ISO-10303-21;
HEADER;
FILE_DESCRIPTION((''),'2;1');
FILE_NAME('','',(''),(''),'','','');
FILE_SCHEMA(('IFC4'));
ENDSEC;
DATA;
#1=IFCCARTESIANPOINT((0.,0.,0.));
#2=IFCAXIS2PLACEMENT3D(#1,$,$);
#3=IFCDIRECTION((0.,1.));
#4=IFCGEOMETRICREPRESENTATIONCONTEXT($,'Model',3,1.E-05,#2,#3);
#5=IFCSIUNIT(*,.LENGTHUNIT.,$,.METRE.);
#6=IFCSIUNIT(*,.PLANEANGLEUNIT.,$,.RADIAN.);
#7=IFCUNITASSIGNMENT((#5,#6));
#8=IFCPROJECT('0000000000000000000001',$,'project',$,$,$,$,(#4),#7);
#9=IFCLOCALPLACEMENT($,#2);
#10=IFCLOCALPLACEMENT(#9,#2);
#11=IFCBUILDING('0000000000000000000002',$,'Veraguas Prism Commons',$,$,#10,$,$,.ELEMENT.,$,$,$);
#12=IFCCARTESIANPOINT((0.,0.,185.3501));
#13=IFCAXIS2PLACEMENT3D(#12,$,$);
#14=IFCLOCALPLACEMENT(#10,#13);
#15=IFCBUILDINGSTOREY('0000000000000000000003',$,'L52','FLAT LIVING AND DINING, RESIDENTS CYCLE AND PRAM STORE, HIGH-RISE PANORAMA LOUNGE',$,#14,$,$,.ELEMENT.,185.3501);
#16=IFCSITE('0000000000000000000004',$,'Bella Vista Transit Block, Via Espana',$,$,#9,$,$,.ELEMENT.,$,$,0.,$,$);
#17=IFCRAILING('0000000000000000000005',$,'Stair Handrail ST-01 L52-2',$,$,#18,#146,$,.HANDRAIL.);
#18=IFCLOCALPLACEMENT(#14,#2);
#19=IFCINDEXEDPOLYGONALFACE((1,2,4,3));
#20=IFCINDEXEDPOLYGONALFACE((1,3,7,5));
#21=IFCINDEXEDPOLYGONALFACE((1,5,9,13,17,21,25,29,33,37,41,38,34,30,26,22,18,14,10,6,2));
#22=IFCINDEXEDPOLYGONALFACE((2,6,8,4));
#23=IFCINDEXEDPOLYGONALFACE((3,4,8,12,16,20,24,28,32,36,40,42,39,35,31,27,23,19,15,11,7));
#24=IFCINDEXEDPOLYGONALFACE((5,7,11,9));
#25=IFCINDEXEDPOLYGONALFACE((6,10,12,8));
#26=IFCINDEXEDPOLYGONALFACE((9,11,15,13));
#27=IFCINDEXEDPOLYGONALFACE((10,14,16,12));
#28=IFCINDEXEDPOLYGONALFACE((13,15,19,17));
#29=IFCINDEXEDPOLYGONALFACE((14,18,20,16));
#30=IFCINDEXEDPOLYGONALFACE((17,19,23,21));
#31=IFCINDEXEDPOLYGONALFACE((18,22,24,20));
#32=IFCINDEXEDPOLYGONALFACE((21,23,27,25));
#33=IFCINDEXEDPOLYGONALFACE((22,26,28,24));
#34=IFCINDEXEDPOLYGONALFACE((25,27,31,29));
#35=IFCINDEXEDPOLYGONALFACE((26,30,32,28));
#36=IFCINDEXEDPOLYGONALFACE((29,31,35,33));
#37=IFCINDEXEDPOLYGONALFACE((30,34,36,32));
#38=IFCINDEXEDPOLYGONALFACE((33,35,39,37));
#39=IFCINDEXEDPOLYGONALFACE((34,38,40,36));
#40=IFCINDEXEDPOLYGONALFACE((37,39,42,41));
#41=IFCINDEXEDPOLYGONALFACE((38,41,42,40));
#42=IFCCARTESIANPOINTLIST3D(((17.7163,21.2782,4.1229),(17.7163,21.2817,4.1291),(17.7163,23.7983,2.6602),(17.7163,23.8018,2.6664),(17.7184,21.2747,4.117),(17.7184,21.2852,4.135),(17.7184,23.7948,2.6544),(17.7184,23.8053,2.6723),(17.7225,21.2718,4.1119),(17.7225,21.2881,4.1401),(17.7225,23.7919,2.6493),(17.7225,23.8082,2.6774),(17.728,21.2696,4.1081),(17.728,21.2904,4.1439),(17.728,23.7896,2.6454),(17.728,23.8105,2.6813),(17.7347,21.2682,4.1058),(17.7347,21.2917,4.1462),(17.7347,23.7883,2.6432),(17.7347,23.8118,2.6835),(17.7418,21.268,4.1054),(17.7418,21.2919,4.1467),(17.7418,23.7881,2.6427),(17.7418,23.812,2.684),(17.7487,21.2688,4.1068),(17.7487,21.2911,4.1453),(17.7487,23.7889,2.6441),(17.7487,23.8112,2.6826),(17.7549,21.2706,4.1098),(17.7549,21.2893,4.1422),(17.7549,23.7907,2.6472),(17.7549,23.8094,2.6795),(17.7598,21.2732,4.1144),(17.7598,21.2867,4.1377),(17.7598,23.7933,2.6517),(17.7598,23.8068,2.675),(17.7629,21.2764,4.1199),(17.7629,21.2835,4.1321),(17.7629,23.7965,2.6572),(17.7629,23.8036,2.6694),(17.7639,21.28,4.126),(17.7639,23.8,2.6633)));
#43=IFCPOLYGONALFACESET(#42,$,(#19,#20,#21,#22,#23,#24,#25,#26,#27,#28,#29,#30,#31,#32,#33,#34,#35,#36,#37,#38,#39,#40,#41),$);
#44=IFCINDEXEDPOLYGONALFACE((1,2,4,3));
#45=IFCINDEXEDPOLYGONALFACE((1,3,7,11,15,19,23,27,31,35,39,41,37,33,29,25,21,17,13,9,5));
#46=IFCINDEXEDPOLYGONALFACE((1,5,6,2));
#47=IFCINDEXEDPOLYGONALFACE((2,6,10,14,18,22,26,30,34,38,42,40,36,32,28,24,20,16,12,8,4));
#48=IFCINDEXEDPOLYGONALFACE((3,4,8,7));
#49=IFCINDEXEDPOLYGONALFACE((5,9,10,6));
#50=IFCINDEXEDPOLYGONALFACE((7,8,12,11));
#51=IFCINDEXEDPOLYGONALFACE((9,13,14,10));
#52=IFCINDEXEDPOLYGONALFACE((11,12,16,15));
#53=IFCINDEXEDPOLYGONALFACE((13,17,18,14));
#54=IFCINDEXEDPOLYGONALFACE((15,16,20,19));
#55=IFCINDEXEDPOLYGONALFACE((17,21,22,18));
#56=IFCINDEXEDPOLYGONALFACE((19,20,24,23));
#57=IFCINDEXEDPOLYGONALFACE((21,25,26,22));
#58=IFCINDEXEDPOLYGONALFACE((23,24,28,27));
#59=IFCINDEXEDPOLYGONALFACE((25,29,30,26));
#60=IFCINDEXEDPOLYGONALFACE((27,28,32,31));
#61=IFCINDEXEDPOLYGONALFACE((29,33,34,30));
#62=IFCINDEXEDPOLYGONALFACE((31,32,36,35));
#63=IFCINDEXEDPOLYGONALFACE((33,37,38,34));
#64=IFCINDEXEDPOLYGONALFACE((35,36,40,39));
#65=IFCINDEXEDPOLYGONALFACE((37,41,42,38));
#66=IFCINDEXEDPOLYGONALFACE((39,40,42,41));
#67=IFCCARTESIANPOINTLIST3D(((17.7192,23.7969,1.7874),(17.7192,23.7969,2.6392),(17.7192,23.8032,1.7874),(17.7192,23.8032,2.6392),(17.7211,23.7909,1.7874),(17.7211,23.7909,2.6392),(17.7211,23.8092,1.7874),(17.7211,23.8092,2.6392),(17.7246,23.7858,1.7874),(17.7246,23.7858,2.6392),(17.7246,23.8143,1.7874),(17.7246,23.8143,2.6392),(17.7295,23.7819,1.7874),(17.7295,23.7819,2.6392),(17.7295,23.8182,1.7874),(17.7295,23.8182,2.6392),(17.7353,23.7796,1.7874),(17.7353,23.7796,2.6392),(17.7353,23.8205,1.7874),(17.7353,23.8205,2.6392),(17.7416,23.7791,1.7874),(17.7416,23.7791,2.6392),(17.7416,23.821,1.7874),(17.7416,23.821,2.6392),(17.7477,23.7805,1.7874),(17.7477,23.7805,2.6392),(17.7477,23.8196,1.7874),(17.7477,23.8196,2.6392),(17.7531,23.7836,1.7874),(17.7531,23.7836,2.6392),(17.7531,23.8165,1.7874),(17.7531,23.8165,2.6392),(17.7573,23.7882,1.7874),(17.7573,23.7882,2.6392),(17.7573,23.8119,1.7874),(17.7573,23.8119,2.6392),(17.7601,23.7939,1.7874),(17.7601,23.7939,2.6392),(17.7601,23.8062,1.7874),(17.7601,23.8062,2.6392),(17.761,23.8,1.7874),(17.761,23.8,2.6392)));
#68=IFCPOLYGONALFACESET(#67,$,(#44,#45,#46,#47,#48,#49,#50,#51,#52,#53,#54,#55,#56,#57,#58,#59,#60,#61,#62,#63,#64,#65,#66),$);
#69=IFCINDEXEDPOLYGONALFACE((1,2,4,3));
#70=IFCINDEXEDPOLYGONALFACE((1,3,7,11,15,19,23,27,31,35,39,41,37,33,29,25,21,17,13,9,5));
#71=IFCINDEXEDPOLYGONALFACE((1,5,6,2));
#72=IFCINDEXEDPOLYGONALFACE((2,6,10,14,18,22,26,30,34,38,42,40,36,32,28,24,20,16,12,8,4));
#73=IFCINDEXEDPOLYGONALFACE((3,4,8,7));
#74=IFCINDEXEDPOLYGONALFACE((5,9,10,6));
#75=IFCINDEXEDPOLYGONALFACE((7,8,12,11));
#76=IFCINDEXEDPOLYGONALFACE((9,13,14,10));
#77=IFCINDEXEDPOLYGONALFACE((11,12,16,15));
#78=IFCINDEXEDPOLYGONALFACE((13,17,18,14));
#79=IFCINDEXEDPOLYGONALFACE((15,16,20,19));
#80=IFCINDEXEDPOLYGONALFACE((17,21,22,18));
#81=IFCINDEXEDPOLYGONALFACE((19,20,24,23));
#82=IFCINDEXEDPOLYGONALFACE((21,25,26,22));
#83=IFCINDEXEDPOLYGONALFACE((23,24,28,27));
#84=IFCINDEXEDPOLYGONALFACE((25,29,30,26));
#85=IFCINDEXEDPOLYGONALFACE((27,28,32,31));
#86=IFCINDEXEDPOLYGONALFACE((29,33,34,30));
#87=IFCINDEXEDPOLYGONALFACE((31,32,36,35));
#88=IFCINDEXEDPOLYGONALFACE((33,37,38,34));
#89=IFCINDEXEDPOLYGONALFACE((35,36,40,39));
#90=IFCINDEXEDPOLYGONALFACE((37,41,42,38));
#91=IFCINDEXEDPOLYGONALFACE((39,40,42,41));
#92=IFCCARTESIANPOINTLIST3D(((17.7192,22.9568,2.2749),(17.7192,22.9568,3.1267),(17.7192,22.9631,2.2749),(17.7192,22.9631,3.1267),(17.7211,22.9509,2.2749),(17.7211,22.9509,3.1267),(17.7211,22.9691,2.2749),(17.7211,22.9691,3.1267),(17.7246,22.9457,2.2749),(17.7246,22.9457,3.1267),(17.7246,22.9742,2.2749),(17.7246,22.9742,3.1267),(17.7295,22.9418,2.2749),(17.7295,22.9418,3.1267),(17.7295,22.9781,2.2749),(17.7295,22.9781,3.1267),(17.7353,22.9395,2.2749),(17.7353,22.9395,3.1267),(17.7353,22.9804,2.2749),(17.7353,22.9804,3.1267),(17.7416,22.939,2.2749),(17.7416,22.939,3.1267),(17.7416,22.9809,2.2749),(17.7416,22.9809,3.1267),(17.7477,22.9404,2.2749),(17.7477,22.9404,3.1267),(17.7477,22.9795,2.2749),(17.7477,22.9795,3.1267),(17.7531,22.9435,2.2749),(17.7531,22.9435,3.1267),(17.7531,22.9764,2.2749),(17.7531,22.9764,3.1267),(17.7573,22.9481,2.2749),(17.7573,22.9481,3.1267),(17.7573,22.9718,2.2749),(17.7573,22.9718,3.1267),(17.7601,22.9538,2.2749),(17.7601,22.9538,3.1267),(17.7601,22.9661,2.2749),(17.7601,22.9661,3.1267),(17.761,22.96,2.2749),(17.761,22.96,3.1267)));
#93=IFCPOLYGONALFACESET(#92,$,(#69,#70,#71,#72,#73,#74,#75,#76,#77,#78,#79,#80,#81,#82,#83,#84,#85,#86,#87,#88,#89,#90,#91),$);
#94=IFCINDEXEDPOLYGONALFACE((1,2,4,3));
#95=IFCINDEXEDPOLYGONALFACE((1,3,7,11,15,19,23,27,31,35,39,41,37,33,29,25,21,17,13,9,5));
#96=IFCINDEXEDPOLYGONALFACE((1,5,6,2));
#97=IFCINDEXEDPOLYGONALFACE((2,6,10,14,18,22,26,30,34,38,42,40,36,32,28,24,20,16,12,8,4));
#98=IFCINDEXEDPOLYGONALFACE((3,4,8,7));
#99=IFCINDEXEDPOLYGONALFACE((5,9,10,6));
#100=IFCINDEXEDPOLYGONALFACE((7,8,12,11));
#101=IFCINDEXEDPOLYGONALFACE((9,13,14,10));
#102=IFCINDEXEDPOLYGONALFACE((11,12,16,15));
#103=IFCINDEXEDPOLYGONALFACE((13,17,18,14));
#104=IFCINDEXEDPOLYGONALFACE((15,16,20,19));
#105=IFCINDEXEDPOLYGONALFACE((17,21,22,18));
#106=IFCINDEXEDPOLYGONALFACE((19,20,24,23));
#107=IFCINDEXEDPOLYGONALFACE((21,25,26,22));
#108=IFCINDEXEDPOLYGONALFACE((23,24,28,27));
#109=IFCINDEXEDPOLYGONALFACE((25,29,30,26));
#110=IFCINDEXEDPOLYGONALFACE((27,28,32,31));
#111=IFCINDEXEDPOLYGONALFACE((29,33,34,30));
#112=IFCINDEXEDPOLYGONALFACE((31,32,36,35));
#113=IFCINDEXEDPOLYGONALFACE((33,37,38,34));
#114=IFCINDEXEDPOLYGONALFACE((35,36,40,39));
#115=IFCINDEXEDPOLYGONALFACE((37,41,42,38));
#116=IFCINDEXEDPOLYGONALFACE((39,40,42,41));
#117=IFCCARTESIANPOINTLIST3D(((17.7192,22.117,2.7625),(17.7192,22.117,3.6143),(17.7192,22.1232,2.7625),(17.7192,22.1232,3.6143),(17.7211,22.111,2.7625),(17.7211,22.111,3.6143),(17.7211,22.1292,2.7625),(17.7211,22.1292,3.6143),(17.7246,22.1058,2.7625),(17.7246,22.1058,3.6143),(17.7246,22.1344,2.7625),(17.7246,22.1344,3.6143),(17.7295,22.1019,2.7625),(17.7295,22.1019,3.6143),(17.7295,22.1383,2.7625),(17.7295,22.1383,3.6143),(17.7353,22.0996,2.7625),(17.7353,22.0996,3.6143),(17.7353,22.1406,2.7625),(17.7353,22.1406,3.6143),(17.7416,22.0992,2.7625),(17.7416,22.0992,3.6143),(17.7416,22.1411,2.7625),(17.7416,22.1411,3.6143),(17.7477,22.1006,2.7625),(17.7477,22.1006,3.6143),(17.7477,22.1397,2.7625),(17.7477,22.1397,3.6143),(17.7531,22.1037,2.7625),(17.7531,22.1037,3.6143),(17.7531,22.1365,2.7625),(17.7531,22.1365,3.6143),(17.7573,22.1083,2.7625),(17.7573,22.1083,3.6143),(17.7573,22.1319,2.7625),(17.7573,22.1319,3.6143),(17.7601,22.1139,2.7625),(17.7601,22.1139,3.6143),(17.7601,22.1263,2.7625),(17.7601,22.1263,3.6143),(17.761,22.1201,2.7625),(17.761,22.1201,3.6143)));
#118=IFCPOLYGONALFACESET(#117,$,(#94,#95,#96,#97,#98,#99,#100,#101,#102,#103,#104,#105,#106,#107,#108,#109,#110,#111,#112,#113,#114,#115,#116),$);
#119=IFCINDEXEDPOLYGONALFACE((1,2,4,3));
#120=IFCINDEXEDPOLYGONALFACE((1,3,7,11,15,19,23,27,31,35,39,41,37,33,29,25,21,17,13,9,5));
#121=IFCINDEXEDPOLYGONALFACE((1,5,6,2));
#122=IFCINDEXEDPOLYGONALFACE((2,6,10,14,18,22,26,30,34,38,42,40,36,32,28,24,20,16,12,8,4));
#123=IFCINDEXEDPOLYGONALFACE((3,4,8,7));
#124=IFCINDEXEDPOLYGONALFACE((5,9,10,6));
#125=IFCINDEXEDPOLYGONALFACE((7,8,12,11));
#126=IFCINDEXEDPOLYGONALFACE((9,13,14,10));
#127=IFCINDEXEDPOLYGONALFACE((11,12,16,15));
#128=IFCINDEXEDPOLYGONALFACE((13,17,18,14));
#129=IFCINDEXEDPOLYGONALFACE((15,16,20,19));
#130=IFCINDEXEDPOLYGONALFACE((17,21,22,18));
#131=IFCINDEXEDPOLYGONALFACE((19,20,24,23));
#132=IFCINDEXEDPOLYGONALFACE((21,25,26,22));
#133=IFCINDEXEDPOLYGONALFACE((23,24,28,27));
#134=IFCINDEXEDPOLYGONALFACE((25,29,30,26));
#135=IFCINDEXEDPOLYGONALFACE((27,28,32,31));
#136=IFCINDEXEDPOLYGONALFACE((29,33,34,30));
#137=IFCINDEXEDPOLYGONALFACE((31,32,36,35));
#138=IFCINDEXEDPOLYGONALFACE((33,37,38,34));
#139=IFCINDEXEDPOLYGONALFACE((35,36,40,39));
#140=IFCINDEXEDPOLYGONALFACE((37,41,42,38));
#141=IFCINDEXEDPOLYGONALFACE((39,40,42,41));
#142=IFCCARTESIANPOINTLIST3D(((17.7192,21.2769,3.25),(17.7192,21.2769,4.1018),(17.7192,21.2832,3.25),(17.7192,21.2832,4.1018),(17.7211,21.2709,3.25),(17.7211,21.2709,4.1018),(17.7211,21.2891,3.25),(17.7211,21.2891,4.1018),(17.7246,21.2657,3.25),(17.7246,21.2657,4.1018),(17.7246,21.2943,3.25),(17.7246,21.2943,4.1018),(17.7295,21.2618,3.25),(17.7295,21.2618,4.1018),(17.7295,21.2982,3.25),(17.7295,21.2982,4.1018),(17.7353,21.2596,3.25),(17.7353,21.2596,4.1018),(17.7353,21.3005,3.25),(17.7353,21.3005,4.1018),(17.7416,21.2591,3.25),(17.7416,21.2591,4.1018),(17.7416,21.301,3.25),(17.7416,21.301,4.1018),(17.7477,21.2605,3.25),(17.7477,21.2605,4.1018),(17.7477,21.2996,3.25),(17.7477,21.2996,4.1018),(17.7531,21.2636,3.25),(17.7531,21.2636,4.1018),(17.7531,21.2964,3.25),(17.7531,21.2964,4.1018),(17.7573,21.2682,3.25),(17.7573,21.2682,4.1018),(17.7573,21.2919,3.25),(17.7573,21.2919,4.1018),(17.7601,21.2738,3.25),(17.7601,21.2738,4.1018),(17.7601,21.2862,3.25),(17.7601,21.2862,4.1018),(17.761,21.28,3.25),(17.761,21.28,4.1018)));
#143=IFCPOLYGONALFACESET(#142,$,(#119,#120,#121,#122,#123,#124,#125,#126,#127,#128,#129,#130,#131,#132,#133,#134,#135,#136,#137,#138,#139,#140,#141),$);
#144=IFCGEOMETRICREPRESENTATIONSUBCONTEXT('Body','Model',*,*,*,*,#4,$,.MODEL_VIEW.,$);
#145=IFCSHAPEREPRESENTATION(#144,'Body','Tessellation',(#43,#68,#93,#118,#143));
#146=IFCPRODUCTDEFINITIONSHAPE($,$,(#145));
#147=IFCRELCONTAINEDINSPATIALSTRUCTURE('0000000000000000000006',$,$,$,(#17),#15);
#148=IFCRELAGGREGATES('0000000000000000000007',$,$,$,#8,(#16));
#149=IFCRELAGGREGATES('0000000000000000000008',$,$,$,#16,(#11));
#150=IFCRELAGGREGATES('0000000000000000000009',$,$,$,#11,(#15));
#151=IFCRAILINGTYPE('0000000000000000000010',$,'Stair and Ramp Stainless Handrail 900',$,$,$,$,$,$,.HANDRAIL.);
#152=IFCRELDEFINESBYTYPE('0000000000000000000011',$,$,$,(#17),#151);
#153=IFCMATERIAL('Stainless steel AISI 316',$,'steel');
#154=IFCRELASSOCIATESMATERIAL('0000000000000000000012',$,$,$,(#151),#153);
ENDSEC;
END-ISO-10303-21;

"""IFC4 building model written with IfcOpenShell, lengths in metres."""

from ifc_helpers import new_model, si_unit, direction, frame, origin, origin_2d, place, context, subcontext, project, spatial, circle, extrude, material, type_object, element, save


model = new_model("IFC4")

# Units and contexts
model_context = context("Model", 3, precision=1e-05, world=origin(), true_north=direction((0.0, 1.0)))
body_context = subcontext(model_context, "Body", "Model", "MODEL_VIEW")
ifc_project = project(units=[si_unit("LENGTHUNIT", "METRE"), si_unit("PLANEANGLEUNIT", "RADIAN")], contexts=[model_context])

# Site, building, storey
site_placement = place(None, origin())
site = spatial("IfcSite", under=ifc_project, at=site_placement, Name="Bella Vista Transit Block, Via Espana", CompositionType="ELEMENT", RefElevation=0.0)
building_placement = place(site_placement, origin())
building = spatial("IfcBuilding", under=site, at=building_placement, Name="Veraguas Prism Commons", CompositionType="ELEMENT")
storey_placement = place(building_placement, frame((0.0, 0.0, 185.3501)))
storey = spatial("IfcBuildingStorey", under=building, at=storey_placement, Name="L52", Description="FLAT LIVING AND DINING, RESIDENTS CYCLE AND PRAM STORE, HIGH-RISE PANORAMA LOUNGE", CompositionType="ELEMENT", Elevation=185.3501)

# Railing
ifc_material_1 = material(Name="Stainless steel AISI 316", Category="steel")
railing_type_1 = type_object("IfcRailingType", Name="Stair and Ramp Stainless Handrail 900", PredefinedType="HANDRAIL", material=ifc_material_1)
railing_1_placement = place(storey_placement, frame((17.74, 23.8, 1.7874)))
element("IfcRailing", 1, at=railing_1_placement, inside=storey, type_object=railing_type_1, Name="Stair Handrail ST-01 L52-2", PredefinedType="HANDRAIL", context=body_context, shape_type="SweptSolid", body=[
    extrude(circle(Radius=0.0239, at=origin_2d()), frame((0.0, 0.0, 0.876), z_axis=(0.0, -0.864877, 0.501984), x_axis=(1.0, 0.0, 0.0)), (0.0, 0.0, 1.0), 2.9138),
    extrude(circle(Radius=0.021, at=origin_2d()), origin(), (0.0, 0.0, 1.0), 0.8518),
    extrude(circle(Radius=0.021, at=origin_2d()), frame((0.0, -0.8401, 0.4875)), (0.0, 0.0, 1.0), 0.8518),
    extrude(circle(Radius=0.021, at=origin_2d()), frame((0.0, -1.6799, 0.9751)), (0.0, 0.0, 1.0), 0.8518),
    extrude(circle(Radius=0.021, at=origin_2d()), frame((0.0, -2.52, 1.4626)), (0.0, 0.0, 1.0), 0.8518),
])

save(model, "model.ifc")
